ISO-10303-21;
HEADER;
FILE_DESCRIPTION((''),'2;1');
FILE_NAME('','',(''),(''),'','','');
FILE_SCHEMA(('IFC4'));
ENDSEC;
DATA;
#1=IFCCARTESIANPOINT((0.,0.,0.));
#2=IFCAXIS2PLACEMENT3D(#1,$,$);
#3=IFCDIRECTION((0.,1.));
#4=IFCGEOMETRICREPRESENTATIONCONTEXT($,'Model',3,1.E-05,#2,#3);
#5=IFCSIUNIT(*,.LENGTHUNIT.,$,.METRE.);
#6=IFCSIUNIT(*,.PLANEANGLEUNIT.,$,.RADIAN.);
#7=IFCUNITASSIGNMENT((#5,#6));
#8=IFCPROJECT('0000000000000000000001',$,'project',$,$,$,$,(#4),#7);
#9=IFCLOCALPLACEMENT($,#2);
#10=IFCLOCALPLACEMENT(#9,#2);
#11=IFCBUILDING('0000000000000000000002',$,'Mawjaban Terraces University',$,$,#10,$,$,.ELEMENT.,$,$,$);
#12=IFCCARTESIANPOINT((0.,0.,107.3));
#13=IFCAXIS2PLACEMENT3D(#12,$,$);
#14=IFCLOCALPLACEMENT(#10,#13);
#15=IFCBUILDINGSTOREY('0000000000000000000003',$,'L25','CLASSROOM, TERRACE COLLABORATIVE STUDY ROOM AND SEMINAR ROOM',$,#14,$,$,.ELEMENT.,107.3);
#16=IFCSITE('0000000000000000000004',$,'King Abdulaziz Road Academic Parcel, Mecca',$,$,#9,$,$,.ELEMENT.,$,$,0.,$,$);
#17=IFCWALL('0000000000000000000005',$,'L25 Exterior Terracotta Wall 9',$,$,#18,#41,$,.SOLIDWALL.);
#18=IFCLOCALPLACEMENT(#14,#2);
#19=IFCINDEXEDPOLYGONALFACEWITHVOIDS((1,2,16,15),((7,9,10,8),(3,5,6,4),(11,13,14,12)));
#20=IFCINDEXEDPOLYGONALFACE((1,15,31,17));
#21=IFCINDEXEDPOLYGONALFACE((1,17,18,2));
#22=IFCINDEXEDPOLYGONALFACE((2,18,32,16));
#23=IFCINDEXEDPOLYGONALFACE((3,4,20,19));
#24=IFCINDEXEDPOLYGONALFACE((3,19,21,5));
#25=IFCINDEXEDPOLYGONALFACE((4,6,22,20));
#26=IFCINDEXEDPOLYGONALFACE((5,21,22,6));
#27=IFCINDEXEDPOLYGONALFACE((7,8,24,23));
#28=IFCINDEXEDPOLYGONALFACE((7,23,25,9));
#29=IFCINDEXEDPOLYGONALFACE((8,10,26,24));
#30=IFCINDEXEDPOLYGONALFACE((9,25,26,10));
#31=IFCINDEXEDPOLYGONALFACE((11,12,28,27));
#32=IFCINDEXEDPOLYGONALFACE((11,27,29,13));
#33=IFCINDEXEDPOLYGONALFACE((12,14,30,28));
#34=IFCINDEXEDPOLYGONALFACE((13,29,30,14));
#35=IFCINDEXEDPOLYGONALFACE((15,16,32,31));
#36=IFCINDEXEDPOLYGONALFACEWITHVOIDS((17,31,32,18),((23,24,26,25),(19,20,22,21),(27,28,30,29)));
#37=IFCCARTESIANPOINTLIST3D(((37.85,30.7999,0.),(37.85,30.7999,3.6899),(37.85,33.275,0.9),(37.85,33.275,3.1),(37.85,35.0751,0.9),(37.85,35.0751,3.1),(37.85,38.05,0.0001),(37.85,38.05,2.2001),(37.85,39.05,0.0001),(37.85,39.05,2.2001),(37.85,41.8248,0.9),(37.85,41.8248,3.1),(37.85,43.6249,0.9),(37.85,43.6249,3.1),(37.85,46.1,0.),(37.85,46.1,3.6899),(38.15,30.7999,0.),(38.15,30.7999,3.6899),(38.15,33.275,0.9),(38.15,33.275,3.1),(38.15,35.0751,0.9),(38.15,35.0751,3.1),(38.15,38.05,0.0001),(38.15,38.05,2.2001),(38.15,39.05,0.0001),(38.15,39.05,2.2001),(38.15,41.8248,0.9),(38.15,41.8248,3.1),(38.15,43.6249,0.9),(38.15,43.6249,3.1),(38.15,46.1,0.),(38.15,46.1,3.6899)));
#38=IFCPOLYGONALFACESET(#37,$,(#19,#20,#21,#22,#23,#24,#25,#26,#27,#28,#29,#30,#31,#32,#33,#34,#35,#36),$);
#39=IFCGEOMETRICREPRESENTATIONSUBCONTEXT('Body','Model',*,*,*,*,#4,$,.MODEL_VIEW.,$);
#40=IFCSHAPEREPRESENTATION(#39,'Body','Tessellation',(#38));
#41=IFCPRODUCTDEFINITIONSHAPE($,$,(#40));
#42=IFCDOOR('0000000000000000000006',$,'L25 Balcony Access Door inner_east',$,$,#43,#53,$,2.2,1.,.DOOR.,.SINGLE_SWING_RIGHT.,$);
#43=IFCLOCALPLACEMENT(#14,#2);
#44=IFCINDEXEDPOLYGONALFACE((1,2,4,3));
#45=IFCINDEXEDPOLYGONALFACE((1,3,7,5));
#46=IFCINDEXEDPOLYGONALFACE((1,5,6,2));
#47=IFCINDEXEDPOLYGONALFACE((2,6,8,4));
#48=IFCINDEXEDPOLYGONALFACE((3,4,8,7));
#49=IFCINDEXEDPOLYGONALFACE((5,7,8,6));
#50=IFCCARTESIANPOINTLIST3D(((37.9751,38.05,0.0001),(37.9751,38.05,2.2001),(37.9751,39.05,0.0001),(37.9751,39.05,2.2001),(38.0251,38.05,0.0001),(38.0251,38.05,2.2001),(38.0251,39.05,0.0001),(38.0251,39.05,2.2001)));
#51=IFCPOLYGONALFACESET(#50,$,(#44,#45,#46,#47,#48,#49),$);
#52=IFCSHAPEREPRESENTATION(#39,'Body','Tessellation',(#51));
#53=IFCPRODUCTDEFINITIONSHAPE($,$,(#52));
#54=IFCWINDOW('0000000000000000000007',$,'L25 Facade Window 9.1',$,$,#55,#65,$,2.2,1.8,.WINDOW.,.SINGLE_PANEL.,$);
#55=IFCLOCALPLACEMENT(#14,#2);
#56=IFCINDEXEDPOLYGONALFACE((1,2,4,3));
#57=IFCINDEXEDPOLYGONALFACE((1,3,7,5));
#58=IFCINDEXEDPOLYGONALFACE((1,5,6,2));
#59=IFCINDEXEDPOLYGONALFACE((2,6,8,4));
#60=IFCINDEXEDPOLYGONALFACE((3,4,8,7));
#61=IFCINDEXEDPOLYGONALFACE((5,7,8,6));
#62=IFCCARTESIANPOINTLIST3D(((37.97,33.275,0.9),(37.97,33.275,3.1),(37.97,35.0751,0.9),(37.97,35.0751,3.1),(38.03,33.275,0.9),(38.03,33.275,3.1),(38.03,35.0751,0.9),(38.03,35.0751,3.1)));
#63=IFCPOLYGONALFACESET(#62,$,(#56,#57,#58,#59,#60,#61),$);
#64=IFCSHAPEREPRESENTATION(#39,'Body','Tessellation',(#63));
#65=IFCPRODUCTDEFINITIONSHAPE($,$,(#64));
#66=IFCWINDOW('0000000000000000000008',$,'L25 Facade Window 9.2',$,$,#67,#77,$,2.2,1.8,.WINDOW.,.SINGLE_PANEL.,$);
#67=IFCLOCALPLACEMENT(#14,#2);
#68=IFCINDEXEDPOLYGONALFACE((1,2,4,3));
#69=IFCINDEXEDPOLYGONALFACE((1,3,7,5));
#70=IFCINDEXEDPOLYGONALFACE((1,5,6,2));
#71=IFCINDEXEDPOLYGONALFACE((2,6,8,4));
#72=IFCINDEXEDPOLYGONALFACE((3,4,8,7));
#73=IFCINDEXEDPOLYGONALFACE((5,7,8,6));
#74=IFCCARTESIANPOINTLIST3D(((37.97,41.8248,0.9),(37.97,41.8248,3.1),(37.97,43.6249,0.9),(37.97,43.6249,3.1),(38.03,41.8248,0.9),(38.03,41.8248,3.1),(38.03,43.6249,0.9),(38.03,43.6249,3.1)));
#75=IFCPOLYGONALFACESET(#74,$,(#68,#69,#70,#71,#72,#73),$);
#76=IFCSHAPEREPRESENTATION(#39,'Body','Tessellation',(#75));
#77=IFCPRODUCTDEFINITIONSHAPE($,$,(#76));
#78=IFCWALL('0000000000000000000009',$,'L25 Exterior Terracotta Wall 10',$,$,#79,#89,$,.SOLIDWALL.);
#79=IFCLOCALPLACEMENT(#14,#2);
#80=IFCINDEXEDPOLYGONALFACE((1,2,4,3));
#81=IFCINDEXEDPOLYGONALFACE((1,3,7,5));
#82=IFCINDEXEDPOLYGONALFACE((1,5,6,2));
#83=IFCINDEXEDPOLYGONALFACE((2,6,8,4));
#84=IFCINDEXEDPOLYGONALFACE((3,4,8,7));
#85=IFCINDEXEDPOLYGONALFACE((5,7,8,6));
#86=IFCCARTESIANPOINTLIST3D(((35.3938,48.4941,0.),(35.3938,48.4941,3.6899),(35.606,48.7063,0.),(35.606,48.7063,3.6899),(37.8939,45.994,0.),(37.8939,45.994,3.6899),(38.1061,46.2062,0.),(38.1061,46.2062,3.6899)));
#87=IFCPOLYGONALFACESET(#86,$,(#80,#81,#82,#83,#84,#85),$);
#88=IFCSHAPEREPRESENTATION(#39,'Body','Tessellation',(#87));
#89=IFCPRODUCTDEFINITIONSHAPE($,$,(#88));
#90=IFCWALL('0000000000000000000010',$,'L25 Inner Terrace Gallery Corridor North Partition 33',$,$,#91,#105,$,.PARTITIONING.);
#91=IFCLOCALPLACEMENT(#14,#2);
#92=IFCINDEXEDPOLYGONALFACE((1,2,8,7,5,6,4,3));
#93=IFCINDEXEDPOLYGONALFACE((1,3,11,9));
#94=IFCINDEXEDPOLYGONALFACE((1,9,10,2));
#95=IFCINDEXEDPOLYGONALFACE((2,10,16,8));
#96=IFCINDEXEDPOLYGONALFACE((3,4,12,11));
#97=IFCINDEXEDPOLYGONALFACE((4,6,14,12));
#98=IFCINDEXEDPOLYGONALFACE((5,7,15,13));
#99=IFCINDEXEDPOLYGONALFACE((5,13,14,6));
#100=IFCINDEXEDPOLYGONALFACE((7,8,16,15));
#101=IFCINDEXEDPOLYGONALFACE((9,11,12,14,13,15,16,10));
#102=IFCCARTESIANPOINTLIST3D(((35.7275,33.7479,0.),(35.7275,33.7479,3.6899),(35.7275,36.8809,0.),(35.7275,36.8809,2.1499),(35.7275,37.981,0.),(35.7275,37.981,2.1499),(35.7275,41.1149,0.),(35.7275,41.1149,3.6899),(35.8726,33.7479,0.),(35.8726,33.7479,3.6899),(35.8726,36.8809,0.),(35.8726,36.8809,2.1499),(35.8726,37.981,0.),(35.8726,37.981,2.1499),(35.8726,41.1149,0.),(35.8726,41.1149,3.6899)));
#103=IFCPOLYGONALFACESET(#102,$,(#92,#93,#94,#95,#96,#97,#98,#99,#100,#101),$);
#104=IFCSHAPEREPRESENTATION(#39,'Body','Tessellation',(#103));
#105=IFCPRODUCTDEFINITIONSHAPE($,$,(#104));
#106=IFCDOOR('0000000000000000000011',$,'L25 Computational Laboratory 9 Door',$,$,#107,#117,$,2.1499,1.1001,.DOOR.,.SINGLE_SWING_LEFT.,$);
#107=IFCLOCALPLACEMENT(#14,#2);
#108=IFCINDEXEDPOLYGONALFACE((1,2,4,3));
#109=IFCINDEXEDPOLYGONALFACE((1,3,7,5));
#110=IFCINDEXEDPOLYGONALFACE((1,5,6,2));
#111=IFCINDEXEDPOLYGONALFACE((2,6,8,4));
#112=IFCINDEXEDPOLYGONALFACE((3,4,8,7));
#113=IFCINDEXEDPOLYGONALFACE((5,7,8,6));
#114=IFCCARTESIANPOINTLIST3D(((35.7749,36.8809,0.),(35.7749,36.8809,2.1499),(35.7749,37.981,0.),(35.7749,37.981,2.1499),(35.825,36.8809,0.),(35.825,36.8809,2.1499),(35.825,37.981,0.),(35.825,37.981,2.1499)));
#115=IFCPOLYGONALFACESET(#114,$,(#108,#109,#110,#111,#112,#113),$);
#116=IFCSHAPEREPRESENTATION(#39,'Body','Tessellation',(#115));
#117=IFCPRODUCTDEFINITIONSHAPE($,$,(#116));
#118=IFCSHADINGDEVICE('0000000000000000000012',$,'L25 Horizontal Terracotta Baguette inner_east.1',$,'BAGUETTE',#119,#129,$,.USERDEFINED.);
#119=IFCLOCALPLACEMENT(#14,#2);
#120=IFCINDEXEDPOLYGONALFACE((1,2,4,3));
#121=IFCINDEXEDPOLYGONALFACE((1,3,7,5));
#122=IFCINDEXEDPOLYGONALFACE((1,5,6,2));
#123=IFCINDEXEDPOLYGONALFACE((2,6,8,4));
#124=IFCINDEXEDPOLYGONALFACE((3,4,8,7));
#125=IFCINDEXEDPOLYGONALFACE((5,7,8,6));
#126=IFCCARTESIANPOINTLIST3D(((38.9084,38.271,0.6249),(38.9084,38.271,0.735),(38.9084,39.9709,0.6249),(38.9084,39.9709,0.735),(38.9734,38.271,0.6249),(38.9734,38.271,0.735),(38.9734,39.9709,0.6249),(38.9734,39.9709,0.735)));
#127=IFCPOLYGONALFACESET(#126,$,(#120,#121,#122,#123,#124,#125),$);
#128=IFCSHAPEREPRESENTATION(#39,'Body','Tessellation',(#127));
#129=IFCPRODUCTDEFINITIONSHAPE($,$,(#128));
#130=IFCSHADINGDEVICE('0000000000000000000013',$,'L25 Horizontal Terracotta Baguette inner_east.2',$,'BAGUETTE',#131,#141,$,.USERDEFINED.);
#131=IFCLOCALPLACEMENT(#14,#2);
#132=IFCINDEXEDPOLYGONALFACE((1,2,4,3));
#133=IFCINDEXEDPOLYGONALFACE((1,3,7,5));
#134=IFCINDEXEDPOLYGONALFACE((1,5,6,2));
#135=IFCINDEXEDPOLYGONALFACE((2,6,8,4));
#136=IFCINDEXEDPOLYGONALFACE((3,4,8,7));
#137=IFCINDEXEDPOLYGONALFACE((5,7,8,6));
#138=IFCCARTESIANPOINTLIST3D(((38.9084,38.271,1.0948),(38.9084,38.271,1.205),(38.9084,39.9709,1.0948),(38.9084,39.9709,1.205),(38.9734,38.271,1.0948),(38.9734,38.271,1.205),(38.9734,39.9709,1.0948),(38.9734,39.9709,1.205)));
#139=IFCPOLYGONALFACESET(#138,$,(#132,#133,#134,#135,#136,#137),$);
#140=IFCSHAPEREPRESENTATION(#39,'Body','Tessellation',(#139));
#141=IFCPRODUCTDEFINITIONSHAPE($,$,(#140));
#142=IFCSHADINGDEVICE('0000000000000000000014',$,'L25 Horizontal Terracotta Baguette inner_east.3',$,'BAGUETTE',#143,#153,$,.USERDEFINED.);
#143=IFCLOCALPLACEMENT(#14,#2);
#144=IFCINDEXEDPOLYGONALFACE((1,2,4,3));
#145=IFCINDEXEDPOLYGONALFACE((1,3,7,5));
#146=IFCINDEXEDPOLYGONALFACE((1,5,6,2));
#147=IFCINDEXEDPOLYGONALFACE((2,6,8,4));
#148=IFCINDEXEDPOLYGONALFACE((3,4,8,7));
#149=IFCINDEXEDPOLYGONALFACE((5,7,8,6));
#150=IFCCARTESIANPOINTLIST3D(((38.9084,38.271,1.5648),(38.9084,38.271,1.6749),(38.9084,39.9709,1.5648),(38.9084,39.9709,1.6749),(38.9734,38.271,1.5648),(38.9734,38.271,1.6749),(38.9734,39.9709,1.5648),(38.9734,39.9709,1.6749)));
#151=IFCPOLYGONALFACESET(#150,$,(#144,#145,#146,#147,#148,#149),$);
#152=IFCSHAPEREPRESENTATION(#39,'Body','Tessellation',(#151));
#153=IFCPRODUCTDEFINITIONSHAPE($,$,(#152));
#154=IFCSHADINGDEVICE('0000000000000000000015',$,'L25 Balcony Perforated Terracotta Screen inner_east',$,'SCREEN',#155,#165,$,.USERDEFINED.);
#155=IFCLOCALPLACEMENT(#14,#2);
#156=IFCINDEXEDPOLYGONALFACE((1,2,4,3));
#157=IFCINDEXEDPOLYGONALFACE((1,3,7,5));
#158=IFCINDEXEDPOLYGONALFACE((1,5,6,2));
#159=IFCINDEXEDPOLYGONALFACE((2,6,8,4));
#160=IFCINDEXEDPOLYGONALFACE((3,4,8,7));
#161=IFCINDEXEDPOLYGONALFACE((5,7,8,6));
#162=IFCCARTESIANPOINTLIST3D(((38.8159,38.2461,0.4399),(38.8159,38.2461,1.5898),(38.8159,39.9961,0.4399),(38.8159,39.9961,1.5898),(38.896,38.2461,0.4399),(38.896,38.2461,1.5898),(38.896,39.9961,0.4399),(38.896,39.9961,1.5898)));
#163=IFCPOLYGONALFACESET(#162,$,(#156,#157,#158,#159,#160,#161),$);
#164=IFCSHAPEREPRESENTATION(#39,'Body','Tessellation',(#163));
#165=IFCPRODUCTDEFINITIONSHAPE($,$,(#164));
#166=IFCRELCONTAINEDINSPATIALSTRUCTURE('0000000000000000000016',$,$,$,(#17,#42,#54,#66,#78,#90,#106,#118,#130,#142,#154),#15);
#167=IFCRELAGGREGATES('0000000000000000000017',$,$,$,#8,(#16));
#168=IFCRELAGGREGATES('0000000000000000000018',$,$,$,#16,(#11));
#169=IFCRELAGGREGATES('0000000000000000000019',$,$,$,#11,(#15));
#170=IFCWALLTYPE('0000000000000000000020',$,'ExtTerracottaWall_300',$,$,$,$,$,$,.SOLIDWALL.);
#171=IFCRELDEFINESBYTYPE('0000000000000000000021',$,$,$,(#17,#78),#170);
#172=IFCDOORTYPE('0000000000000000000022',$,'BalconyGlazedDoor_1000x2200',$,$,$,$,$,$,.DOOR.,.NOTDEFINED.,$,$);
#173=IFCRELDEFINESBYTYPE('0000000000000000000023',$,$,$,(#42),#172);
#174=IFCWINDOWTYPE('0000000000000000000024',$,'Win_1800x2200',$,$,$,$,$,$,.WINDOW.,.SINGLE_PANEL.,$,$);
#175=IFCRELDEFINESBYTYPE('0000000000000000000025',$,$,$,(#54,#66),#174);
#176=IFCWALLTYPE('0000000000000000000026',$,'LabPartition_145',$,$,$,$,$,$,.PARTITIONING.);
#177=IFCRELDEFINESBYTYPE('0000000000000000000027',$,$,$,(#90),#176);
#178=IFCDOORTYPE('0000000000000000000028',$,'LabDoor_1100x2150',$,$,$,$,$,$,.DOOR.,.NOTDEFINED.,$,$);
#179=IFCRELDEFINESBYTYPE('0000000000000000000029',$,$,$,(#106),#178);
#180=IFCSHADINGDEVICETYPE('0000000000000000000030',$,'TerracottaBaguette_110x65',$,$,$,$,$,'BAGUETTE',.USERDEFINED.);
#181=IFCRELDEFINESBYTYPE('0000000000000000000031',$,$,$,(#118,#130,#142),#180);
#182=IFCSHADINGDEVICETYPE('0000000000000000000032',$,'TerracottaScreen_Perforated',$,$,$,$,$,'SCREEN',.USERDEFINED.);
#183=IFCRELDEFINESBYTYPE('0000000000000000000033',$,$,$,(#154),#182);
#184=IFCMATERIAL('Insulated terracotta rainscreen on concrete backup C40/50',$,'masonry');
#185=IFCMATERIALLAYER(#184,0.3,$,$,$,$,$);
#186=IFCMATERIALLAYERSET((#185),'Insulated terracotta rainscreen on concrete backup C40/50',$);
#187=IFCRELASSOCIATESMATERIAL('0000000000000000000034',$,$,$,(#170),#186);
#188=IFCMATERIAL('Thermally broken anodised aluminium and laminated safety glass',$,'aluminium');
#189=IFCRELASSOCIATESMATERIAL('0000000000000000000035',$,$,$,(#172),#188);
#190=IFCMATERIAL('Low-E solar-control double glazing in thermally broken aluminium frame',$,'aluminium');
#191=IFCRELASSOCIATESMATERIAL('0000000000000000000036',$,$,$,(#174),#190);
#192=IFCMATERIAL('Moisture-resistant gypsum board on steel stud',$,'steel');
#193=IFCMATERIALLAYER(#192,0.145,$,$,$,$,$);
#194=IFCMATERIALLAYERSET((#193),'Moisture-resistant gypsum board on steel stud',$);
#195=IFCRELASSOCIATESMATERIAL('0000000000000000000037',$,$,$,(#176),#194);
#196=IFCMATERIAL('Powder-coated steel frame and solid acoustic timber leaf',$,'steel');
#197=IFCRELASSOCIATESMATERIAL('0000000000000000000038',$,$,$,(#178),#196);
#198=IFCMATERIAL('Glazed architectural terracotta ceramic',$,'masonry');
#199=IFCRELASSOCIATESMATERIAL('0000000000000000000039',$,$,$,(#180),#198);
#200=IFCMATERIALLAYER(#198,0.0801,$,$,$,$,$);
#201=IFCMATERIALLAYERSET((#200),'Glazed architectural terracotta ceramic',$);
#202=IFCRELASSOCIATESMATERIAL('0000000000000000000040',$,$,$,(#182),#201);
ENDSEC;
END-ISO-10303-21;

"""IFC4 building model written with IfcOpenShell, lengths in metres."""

from ifc_helpers import new_model, si_unit, direction, frame, frame_2d, origin, origin_2d, place, context, subcontext, project, spatial, rectangle, extrude, material, layer, layer_set, material_profile, profile_set, type_object, element, fill, save


model = new_model("IFC4")

# Units and contexts
model_context = context("Model", 3, precision=1e-05, world=origin(), true_north=direction((0.0, 1.0)))
body_context = subcontext(model_context, "Body", "Model", "MODEL_VIEW")
ifc_project = project(units=[si_unit("LENGTHUNIT", "METRE"), si_unit("PLANEANGLEUNIT", "RADIAN")], contexts=[model_context])

# Site, building, storey
site_placement = place(None, origin())
site = spatial("IfcSite", under=ifc_project, at=site_placement, Name="King Abdulaziz Road Academic Parcel, Mecca", CompositionType="ELEMENT", RefElevation=0.0)
building_placement = place(site_placement, origin())
building = spatial("IfcBuilding", under=site, at=building_placement, Name="Mawjaban Terraces University", CompositionType="ELEMENT")
storey_placement = place(building_placement, frame((0.0, 0.0, 107.3)))
storey = spatial("IfcBuildingStorey", under=building, at=storey_placement, Name="L25", Description="CLASSROOM, TERRACE COLLABORATIVE STUDY ROOM AND SEMINAR ROOM", CompositionType="ELEMENT", Elevation=107.3)

# Shared definitions
ifc_material_1 = material(Name="Powder-coated steel frame and solid acoustic timber leaf", Category="steel")

# Shared definitions
ifc_material_2 = material(Name="Insulated terracotta rainscreen on concrete backup C40/50", Category="masonry")
ifc_layer_1 = layer(ifc_material_2, 0.3)
ifc_layer_set_1 = layer_set([ifc_layer_1], Name="Insulated terracotta rainscreen on concrete backup C40/50")
wall_type_1 = type_object("IfcWallType", Name="ExtTerracottaWall_300", PredefinedType="SOLIDWALL", material=ifc_layer_set_1)
ifc_material_3 = material(Name="Low-E solar-control double glazing in thermally broken aluminium frame", Category="aluminium")

# Wall, openings, door, windows
wall_1_placement = place(storey_placement, frame((38.0, 30.8, 0.0), z_axis=(0.0, 0.0, 1.0), x_axis=(0.0, 1.0, 0.0)))
wall_1 = element("IfcWall", 1, at=wall_1_placement, inside=storey, type_object=wall_type_1, Name="L25 Exterior Terracotta Wall 9", PredefinedType="SOLIDWALL", context=body_context, shape_type="SweptSolid", body=[
    extrude(rectangle(XDim=15.3, YDim=0.3, at=frame_2d((7.6499, 0.0))), origin(), (0.0, 0.0, 1.0), 3.6899),
])
opening_1_placement = place(wall_1_placement, frame((7.25, 0.0, 0.0)))
opening_1 = element("IfcOpeningElement", 2, at=opening_1_placement, cuts=wall_1, PredefinedType="OPENING", context=body_context, shape_type="SweptSolid", body=[
    extrude(rectangle(XDim=1.0, YDim=2.2, at=frame_2d((0.5, 1.1001))), frame((0.0, 0.1599, 0.0), z_axis=(0.0, -1.0, 0.0), x_axis=(1.0, 0.0, 0.0)), (0.0, 0.0, 1.0), 0.3201),
])
opening_2_placement = place(wall_1_placement, frame((2.4751, 0.0, 0.8999)))
opening_2 = element("IfcOpeningElement", 3, at=opening_2_placement, cuts=wall_1, PredefinedType="OPENING", context=body_context, shape_type="SweptSolid", body=[
    extrude(rectangle(XDim=1.8, YDim=2.2, at=frame_2d((0.8999, 1.1001))), frame((0.0, 0.1599, 0.0), z_axis=(0.0, -1.0, 0.0), x_axis=(1.0, 0.0, 0.0)), (0.0, 0.0, 1.0), 0.3201),
])
opening_3_placement = place(wall_1_placement, frame((11.0249, 0.0, 0.8999)))
opening_3 = element("IfcOpeningElement", 4, at=opening_3_placement, cuts=wall_1, PredefinedType="OPENING", context=body_context, shape_type="SweptSolid", body=[
    extrude(rectangle(XDim=1.8, YDim=2.2, at=frame_2d((0.8999, 1.1001))), frame((0.0, 0.1599, 0.0), z_axis=(0.0, -1.0, 0.0), x_axis=(1.0, 0.0, 0.0)), (0.0, 0.0, 1.0), 0.3201),
])
ifc_material_4 = material(Name="Thermally broken anodised aluminium and laminated safety glass", Category="aluminium")
door_type_1 = type_object("IfcDoorType", Name="BalconyGlazedDoor_1000x2200", OperationType="NOTDEFINED", PredefinedType="DOOR", material=ifc_material_4)
door_1_placement = place(opening_1_placement, origin())
door_1 = element("IfcDoor", 5, at=door_1_placement, inside=storey, type_object=door_type_1, Name="L25 Balcony Access Door inner_east", OperationType="SINGLE_SWING_RIGHT", OverallHeight=2.2, OverallWidth=1.0, PredefinedType="DOOR", context=body_context, shape_type="SweptSolid", body=[
    extrude(rectangle(XDim=1.0, YDim=2.2, at=frame_2d((0.5, 1.1001))), frame((0.0, 0.0249, 0.0), z_axis=(0.0, -1.0, 0.0), x_axis=(1.0, 0.0, 0.0)), (0.0, 0.0, 1.0), 0.05),
])
fill(opening_1, door_1)
window_type_1 = type_object("IfcWindowType", Name="Win_1800x2200", PartitioningType="SINGLE_PANEL", PredefinedType="WINDOW", material=ifc_material_3)
window_1_placement = place(opening_2_placement, origin())
window_1 = element("IfcWindow", 6, at=window_1_placement, inside=storey, type_object=window_type_1, Name="L25 Facade Window 9.1", OverallHeight=2.2, OverallWidth=1.8, PartitioningType="SINGLE_PANEL", PredefinedType="WINDOW", context=body_context, shape_type="SweptSolid", body=[
    extrude(rectangle(XDim=1.8, YDim=2.2, at=frame_2d((0.8999, 1.1001))), frame((0.0, 0.03, 0.0), z_axis=(0.0, -1.0, 0.0), x_axis=(1.0, 0.0, 0.0)), (0.0, 0.0, 1.0), 0.0601),
])
fill(opening_2, window_1)
window_2_placement = place(opening_3_placement, origin())
window_2 = element("IfcWindow", 7, at=window_2_placement, inside=storey, type_object=window_type_1, Name="L25 Facade Window 9.2", OverallHeight=2.2, OverallWidth=1.8, PartitioningType="SINGLE_PANEL", PredefinedType="WINDOW", context=body_context, shape_type="SweptSolid", body=[
    extrude(rectangle(XDim=1.8, YDim=2.2, at=frame_2d((0.8999, 1.1001))), frame((0.0, 0.03, 0.0), z_axis=(0.0, -1.0, 0.0), x_axis=(1.0, 0.0, 0.0)), (0.0, 0.0, 1.0), 0.0601),
])
fill(opening_3, window_2)

# Wall
wall_2_placement = place(storey_placement, frame((38.0, 46.1001, 0.0), z_axis=(0.0, 0.0, 1.0), x_axis=(-0.707107, 0.707107, 0.0)))
element("IfcWall", 8, at=wall_2_placement, inside=storey, type_object=wall_type_1, Name="L25 Exterior Terracotta Wall 10", PredefinedType="SOLIDWALL", context=body_context, shape_type="SweptSolid", body=[
    extrude(rectangle(XDim=3.5356, YDim=0.3, at=frame_2d((1.7678, 0.0))), origin(), (0.0, 0.0, 1.0), 3.6899),
])

# Wall, opening, door
ifc_material_5 = material(Name="Moisture-resistant gypsum board on steel stud", Category="steel")
ifc_layer_2 = layer(ifc_material_5, 0.145)
ifc_layer_set_2 = layer_set([ifc_layer_2], Name="Moisture-resistant gypsum board on steel stud")
wall_type_2 = type_object("IfcWallType", Name="LabPartition_145", PredefinedType="PARTITIONING", material=ifc_layer_set_2)
wall_3_placement = place(storey_placement, frame((35.8, 41.115, 0.0), z_axis=(0.0, 0.0, 1.0), x_axis=(0.0, -1.0, 0.0)))
wall_3 = element("IfcWall", 9, at=wall_3_placement, inside=storey, type_object=wall_type_2, Name="L25 Inner Terrace Gallery Corridor North Partition 33", PredefinedType="PARTITIONING", context=body_context, shape_type="SweptSolid", body=[
    extrude(rectangle(XDim=7.3669, YDim=0.145, at=frame_2d((3.6836, 0.0))), origin(), (0.0, 0.0, 1.0), 3.6899),
])
opening_4_placement = place(wall_3_placement, frame((3.134, 0.0, 0.0)))
opening_4 = element("IfcOpeningElement", 10, at=opening_4_placement, cuts=wall_3, PredefinedType="OPENING", context=body_context, shape_type="SweptSolid", body=[
    extrude(rectangle(XDim=1.1001, YDim=2.1499, at=frame_2d((0.55, 1.075))), frame((0.0, 0.0825, 0.0), z_axis=(0.0, -1.0, 0.0), x_axis=(1.0, 0.0, 0.0)), (0.0, 0.0, 1.0), 0.165),
])
door_type_2 = type_object("IfcDoorType", Name="LabDoor_1100x2150", OperationType="NOTDEFINED", PredefinedType="DOOR", material=ifc_material_1)
door_2_placement = place(opening_4_placement, origin())
door_2 = element("IfcDoor", 11, at=door_2_placement, inside=storey, type_object=door_type_2, Name="L25 Computational Laboratory 9 Door", OperationType="SINGLE_SWING_LEFT", OverallHeight=2.1499, OverallWidth=1.1001, PredefinedType="DOOR", context=body_context, shape_type="SweptSolid", body=[
    extrude(rectangle(XDim=1.1001, YDim=2.1499, at=frame_2d((0.55, 1.075))), frame((0.0, 0.0249, 0.0), z_axis=(0.0, -1.0, 0.0), x_axis=(1.0, 0.0, 0.0)), (0.0, 0.0, 1.0), 0.05),
])
fill(opening_4, door_2)

# Shading devices
ifc_material_6 = material(Name="Glazed architectural terracotta ceramic", Category="masonry")
ifc_material_profile_1 = material_profile(ifc_material_6, rectangle(XDim=0.0649, YDim=0.1101, at=origin_2d()), Name="TBAG110X65")
ifc_profile_set_1 = profile_set([ifc_material_profile_1], Name="Glazed architectural terracotta ceramic")
shading_device_type_1 = type_object("IfcShadingDeviceType", Name="TerracottaBaguette_110x65", ElementType="BAGUETTE", PredefinedType="USERDEFINED", material=ifc_profile_set_1)
for number, where, z_axis, x_axis, name in (
    (12, (38.9409, 38.271, 0.6799), (0.0, 1.0, 0.0), (-1.0, 0.0, 0.0), "L25 Horizontal Terracotta Baguette inner_east.1"),
    (13, (38.9409, 38.271, 1.1499), (0.0, 1.0, 0.0), (-1.0, 0.0, 0.0), "L25 Horizontal Terracotta Baguette inner_east.2"),
    (14, (38.9409, 38.271, 1.6199), (0.0, 1.0, 0.0), (-1.0, 0.0, 0.0), "L25 Horizontal Terracotta Baguette inner_east.3"),
):
    element("IfcShadingDevice", number, at=place(storey_placement, frame(where, z_axis=z_axis, x_axis=x_axis)), inside=storey, type_object=shading_device_type_1, Name=name, ObjectType="BAGUETTE", PredefinedType="USERDEFINED", context=body_context, shape_type="SweptSolid", body=[
        extrude(rectangle(XDim=0.0649, YDim=0.1101, at=origin_2d()), origin(), (0.0, 0.0, 1.0), 1.7),
    ])
ifc_layer_3 = layer(ifc_material_6, 0.0801)
ifc_layer_set_3 = layer_set([ifc_layer_3], Name="Glazed architectural terracotta ceramic")
shading_device_type_2 = type_object("IfcShadingDeviceType", Name="TerracottaScreen_Perforated", ElementType="SCREEN", PredefinedType="USERDEFINED", material=ifc_layer_set_3)
shading_device_placement = place(storey_placement, frame((38.856, 39.1211, 0.4399), z_axis=(0.0, 0.0, 1.0), x_axis=(0.0, 1.0, 0.0)))
element("IfcShadingDevice", 15, at=shading_device_placement, inside=storey, type_object=shading_device_type_2, Name="L25 Balcony Perforated Terracotta Screen inner_east", ObjectType="SCREEN", PredefinedType="USERDEFINED", context=body_context, shape_type="SweptSolid", body=[
    extrude(rectangle(XDim=1.75, YDim=0.0801, at=origin_2d()), origin(), (0.0, 0.0, 1.0), 1.1499),
])

save(model, "model.ifc")
